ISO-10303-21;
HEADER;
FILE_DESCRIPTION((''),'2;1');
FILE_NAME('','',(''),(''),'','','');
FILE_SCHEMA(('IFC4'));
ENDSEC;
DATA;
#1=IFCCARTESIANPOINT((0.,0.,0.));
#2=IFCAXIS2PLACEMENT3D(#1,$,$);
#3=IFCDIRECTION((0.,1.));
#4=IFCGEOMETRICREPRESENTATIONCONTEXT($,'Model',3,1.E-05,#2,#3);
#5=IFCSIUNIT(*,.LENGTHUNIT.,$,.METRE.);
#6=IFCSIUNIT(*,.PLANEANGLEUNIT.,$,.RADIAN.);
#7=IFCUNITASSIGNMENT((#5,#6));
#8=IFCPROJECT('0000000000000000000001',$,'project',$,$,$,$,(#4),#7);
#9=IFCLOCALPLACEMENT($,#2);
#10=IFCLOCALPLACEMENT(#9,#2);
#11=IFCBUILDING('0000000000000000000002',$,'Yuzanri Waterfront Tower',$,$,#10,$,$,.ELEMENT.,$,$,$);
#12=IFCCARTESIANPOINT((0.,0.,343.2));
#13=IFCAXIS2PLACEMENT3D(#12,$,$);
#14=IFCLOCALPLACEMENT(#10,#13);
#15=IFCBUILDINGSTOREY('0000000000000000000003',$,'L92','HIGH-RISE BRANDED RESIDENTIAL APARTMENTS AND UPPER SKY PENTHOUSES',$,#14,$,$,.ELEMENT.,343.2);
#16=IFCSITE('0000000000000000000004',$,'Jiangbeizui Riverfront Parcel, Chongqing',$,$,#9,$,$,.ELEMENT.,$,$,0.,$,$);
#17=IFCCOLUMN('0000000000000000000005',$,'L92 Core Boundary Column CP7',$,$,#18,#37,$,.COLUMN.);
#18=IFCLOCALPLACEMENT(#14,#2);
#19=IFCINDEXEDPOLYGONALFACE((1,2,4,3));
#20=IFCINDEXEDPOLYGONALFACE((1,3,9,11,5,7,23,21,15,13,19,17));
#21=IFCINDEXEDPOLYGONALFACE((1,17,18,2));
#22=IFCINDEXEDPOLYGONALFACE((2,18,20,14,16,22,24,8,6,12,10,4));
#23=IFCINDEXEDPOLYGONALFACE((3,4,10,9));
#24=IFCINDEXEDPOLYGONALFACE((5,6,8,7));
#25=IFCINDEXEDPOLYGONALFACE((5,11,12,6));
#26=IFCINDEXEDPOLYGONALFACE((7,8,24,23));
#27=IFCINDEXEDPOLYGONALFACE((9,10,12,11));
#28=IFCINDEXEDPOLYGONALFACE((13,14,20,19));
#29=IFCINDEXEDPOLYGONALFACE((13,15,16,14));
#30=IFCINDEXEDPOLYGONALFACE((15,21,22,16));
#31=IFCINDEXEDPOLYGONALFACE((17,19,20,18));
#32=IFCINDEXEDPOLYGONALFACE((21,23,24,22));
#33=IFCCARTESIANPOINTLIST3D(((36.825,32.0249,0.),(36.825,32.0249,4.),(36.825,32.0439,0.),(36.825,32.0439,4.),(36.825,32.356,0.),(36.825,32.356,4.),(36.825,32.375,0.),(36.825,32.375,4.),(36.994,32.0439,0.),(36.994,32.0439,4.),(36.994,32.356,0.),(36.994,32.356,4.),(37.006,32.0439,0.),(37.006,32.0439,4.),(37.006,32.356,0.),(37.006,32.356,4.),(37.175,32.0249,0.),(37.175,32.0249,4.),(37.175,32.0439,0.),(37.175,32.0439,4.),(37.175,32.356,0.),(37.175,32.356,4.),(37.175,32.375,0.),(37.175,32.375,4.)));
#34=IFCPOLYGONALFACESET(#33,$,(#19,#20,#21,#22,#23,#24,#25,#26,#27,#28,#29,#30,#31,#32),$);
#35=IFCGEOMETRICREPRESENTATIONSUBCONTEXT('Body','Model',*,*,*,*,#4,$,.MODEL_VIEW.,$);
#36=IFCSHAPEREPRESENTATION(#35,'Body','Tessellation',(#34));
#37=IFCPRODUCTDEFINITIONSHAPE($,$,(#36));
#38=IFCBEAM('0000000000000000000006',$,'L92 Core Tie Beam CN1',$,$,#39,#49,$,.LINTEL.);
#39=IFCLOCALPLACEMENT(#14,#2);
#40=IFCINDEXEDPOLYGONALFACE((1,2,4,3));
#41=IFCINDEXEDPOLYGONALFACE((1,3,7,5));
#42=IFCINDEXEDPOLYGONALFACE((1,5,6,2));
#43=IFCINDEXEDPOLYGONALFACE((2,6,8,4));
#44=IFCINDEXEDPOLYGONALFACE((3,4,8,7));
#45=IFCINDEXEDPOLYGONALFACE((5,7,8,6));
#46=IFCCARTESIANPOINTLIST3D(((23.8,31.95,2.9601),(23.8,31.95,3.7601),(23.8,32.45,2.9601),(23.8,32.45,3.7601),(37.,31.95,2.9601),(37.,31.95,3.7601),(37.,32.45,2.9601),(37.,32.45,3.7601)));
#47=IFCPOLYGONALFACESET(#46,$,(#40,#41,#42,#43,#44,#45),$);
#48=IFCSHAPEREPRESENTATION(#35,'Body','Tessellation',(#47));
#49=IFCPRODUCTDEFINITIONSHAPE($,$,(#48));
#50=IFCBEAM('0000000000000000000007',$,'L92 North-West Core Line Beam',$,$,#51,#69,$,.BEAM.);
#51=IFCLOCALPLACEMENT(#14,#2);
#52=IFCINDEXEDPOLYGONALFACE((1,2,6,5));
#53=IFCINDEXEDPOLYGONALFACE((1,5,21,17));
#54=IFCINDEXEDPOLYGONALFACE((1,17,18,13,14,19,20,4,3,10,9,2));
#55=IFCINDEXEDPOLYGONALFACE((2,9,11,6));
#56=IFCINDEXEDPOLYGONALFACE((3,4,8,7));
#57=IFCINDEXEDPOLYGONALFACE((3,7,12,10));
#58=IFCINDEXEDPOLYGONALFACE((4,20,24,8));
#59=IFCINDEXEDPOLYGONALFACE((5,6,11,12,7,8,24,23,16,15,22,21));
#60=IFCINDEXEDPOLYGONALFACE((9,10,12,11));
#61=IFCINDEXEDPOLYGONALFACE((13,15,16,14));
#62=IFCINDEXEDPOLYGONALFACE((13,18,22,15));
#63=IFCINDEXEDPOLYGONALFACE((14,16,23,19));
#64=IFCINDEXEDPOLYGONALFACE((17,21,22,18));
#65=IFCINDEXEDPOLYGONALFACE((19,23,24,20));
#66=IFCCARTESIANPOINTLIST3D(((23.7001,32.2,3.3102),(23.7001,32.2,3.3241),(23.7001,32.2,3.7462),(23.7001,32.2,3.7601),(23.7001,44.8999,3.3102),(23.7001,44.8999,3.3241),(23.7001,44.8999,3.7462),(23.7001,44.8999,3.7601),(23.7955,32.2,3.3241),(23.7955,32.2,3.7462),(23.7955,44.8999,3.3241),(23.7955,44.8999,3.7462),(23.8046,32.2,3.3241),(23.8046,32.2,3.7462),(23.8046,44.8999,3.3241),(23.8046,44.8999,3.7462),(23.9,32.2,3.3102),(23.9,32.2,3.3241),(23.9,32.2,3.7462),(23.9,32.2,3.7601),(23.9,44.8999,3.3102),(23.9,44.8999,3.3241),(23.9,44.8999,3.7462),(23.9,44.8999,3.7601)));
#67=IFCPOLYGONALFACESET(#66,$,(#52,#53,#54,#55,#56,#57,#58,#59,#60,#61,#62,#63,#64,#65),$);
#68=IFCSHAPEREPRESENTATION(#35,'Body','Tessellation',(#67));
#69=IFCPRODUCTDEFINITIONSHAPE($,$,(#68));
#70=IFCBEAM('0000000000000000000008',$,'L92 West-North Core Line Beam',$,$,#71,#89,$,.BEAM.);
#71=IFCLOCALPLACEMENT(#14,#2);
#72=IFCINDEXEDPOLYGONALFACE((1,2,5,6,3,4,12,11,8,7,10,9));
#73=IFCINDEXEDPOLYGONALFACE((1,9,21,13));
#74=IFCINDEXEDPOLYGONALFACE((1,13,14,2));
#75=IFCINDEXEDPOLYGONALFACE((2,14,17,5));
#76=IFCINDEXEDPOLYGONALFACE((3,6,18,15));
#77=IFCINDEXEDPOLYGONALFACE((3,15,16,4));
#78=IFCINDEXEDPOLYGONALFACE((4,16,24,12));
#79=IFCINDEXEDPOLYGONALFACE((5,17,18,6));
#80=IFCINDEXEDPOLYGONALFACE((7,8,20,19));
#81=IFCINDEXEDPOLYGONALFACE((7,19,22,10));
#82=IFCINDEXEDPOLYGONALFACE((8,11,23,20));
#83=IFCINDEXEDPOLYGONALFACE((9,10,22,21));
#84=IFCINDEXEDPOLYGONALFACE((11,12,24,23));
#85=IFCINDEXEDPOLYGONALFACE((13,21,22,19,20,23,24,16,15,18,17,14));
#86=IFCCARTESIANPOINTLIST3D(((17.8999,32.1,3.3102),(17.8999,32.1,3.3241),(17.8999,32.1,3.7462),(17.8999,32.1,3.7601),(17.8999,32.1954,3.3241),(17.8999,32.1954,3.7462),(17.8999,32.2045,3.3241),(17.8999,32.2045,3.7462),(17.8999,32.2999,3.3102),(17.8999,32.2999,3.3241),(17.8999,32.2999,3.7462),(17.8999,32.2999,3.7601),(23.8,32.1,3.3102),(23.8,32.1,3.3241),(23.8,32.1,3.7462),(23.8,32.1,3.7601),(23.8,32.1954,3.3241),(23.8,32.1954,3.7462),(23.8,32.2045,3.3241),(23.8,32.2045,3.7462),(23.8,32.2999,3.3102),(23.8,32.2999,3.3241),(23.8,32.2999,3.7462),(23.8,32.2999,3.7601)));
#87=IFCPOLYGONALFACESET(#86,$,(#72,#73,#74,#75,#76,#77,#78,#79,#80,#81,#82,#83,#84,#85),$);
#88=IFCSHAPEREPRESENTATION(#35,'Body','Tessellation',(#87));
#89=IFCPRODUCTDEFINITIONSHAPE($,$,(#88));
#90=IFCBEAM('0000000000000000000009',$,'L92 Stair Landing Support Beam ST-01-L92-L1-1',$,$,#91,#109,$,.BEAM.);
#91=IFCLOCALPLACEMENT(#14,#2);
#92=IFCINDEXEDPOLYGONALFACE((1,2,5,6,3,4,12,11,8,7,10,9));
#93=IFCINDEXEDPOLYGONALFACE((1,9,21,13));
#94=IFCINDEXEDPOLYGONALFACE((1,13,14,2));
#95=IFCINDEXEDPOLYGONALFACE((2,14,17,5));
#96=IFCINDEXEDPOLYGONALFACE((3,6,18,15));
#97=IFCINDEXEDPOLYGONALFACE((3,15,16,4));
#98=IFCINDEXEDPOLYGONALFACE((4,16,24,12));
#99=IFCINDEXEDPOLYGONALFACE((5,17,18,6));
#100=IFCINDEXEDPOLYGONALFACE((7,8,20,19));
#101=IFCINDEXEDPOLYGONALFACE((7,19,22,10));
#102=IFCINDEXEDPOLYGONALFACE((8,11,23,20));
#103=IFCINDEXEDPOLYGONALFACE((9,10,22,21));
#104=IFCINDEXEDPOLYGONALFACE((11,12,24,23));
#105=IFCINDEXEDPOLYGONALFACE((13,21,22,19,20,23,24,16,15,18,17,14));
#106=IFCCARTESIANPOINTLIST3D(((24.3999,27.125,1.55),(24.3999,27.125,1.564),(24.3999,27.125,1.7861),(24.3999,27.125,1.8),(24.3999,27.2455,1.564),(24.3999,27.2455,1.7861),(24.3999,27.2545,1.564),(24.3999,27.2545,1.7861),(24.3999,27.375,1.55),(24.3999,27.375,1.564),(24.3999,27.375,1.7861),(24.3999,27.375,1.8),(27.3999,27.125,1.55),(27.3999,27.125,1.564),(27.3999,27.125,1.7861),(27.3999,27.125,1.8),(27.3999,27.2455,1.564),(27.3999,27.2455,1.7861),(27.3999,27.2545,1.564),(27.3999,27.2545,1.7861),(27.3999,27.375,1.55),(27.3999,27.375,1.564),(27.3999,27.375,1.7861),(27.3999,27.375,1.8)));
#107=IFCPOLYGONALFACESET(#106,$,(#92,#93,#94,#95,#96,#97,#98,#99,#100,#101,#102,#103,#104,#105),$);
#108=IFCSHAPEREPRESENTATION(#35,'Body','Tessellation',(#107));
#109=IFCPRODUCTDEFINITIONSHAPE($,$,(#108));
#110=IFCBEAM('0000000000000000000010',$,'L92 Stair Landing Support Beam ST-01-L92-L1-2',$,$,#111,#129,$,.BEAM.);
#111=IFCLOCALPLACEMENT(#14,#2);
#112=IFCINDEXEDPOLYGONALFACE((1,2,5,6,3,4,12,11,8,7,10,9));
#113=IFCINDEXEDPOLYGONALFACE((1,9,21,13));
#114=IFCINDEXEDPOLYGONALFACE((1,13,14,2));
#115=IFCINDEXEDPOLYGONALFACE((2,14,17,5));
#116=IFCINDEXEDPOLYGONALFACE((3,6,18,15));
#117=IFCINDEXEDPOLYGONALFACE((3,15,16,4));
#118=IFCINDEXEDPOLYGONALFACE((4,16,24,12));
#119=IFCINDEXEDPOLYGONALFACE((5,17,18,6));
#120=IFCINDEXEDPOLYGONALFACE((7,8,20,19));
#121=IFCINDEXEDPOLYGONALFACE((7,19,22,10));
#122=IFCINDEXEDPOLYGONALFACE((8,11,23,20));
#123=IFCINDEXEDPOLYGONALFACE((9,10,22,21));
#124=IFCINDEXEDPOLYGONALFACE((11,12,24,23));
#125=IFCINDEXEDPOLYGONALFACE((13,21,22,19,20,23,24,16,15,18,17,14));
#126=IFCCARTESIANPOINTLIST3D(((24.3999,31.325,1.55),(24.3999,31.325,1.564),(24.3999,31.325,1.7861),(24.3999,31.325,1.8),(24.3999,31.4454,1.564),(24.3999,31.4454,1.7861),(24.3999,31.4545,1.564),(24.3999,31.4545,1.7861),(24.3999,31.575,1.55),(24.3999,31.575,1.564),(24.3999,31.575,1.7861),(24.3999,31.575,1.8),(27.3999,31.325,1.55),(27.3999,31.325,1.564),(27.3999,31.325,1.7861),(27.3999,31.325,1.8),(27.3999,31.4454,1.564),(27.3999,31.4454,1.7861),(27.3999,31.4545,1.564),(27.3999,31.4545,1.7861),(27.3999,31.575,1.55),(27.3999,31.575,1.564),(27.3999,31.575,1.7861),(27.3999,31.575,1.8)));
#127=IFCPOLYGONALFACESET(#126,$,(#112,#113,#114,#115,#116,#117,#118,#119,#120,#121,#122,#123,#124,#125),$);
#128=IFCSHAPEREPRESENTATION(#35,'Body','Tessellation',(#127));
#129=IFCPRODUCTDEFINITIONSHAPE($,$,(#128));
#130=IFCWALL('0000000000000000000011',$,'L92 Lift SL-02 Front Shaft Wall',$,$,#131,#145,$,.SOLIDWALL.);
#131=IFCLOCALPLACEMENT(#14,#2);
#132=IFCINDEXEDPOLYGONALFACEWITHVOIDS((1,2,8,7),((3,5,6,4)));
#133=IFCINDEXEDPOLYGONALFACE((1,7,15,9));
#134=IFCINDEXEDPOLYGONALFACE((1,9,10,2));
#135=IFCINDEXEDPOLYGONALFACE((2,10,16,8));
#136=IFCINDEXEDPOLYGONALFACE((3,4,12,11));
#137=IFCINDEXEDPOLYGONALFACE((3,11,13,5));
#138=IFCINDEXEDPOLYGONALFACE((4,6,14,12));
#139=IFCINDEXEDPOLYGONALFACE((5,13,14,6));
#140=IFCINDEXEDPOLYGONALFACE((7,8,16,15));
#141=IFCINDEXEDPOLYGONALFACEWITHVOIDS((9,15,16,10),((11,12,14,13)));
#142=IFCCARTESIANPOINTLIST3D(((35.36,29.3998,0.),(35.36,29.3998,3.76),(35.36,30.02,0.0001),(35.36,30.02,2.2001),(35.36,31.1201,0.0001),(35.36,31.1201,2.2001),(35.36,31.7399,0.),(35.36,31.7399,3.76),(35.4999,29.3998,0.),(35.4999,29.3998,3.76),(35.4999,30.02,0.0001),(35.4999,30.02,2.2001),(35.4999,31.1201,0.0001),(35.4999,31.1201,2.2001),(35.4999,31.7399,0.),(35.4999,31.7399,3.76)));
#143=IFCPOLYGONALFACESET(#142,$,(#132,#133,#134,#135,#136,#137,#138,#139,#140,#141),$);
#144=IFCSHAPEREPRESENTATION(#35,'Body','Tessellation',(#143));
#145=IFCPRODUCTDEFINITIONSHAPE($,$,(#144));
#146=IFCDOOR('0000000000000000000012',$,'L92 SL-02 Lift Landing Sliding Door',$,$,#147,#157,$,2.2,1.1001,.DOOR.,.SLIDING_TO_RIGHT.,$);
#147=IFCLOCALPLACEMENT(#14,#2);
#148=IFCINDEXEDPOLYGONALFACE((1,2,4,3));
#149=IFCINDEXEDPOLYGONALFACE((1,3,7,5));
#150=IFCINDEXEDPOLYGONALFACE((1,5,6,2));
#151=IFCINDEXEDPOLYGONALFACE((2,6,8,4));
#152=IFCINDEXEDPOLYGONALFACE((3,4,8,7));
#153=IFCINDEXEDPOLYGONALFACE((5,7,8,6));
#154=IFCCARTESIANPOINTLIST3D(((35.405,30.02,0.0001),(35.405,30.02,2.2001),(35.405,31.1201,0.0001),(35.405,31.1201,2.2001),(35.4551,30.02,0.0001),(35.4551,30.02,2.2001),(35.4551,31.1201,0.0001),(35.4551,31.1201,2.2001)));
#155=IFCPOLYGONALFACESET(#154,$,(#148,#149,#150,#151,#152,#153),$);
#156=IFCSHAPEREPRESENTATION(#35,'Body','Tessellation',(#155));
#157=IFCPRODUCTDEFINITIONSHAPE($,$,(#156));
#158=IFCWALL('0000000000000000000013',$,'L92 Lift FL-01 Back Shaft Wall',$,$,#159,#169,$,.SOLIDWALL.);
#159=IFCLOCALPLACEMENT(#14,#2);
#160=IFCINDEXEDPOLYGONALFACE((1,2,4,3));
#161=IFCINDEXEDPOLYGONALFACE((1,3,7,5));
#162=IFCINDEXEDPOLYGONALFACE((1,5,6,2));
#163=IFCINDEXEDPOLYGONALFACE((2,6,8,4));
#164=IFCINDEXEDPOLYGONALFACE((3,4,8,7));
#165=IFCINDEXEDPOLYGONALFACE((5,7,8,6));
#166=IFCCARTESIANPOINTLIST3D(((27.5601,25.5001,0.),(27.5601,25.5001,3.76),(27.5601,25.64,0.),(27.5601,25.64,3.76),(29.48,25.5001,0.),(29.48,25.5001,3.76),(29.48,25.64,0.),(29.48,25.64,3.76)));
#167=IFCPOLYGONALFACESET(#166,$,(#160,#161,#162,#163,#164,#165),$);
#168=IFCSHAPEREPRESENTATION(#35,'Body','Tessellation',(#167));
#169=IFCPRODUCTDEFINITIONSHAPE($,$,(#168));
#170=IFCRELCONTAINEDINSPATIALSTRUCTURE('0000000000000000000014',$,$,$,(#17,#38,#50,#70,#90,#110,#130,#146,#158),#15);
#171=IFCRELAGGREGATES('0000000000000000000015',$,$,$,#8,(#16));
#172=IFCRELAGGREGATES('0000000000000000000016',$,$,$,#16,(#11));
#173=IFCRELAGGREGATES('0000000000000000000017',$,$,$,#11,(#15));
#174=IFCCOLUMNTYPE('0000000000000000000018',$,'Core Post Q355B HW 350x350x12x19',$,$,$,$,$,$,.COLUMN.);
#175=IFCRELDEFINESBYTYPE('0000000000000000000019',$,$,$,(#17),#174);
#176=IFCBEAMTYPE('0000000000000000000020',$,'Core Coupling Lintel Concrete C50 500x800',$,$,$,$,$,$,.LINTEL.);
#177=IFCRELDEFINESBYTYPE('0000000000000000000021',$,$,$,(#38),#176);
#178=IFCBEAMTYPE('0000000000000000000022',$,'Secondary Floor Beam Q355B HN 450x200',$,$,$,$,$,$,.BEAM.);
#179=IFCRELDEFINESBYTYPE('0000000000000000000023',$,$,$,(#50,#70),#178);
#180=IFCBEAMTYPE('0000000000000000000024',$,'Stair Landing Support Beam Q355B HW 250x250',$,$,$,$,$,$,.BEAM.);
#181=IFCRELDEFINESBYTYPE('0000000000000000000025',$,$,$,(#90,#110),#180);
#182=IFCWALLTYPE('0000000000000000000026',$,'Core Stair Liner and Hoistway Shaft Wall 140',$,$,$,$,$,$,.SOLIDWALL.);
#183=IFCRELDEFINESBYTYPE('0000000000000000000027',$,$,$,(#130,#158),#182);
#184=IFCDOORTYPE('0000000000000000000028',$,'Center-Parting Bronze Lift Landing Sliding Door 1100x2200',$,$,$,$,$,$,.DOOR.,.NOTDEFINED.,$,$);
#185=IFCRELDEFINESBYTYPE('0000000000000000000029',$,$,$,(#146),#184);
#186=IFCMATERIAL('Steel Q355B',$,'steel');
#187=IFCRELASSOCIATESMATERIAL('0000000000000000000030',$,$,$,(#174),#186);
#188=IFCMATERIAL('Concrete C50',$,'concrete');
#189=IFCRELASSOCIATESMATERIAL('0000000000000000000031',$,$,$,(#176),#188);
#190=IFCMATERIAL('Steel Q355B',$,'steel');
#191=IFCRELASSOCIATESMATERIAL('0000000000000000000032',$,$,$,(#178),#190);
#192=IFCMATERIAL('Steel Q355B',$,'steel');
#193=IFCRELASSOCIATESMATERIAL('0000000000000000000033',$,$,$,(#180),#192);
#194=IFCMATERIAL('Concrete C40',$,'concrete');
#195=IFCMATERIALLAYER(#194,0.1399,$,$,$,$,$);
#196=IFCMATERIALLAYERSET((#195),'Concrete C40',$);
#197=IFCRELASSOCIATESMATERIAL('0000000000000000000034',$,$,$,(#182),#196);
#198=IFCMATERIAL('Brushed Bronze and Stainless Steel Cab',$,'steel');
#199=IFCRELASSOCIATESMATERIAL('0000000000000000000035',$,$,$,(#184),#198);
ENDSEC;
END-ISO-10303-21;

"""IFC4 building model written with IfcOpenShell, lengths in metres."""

from ifc_helpers import new_model, si_unit, direction, frame, frame_2d, origin, origin_2d, place, context, subcontext, project, spatial, rectangle, i_section, extrude, source, transform, mapped, material, layer, layer_set, material_profile, profile_set, type_object, element, fill, save


model = new_model("IFC4")

# Units and contexts
model_context = context("Model", 3, precision=1e-05, world=origin(), true_north=direction((0.0, 1.0)))
body_context = subcontext(model_context, "Body", "Model", "MODEL_VIEW")
ifc_project = project(units=[si_unit("LENGTHUNIT", "METRE"), si_unit("PLANEANGLEUNIT", "RADIAN")], contexts=[model_context])

# Site, building, storey
site_placement = place(None, origin())
site = spatial("IfcSite", under=ifc_project, at=site_placement, Name="Jiangbeizui Riverfront Parcel, Chongqing", CompositionType="ELEMENT", RefElevation=0.0)
building_placement = place(site_placement, origin())
building = spatial("IfcBuilding", under=site, at=building_placement, Name="Yuzanri Waterfront Tower", CompositionType="ELEMENT")
storey_placement = place(building_placement, frame((0.0, 0.0, 343.2)))
storey = spatial("IfcBuildingStorey", under=building, at=storey_placement, Name="L92", Description="HIGH-RISE BRANDED RESIDENTIAL APARTMENTS AND UPPER SKY PENTHOUSES", CompositionType="ELEMENT", Elevation=343.2)

# Column
ifc_material_1 = material(Name="Steel Q355B", Category="steel")
ifc_material_profile_1 = material_profile(ifc_material_1, i_section(OverallWidth=0.3501, OverallDepth=0.3501, WebThickness=0.012, FlangeThickness=0.019, at=origin_2d()), Name="HW 350x350x12x19")
ifc_profile_set_1 = profile_set([ifc_material_profile_1], Name="Steel Q355B")
column_type = type_object("IfcColumnType", Name="Core Post Q355B HW 350x350x12x19", PredefinedType="COLUMN", material=ifc_profile_set_1)
shared_shape_1 = source(origin(), body_context, "Body", "SweptSolid", [
    extrude(i_section(OverallWidth=0.3501, OverallDepth=0.3501, WebThickness=0.012, FlangeThickness=0.019, at=origin_2d()), origin(), (0.0, 0.0, 1.0), 4.0),
])
column_placement = place(storey_placement, frame((37.0, 32.2, 0.0), z_axis=(0.0, 0.0, 1.0), x_axis=(1.0, 0.0, 0.0)))
element("IfcColumn", 1, at=column_placement, inside=storey, type_object=column_type, Name="L92 Core Boundary Column CP7", PredefinedType="COLUMN", context=body_context, shape_type="MappedRepresentation", body=[
    mapped(shared_shape_1, transform((0.0, 0.0, 0.0), scale=1.0)),
])

# Beams
ifc_material_2 = material(Name="Concrete C50", Category="concrete")
ifc_material_profile_2 = material_profile(ifc_material_2, rectangle(XDim=0.5, YDim=0.8, at=origin_2d()), Name="RC 500x800")
ifc_profile_set_2 = profile_set([ifc_material_profile_2], Name="Concrete C50")
beam_type_1 = type_object("IfcBeamType", Name="Core Coupling Lintel Concrete C50 500x800", PredefinedType="LINTEL", material=ifc_profile_set_2)
shared_shape_2 = source(origin(), body_context, "Body", "SweptSolid", [
    extrude(rectangle(XDim=0.5, YDim=0.8, at=origin_2d()), origin(), (0.0, 0.0, 1.0), 13.2),
])
beam_1_placement = place(storey_placement, frame((23.8, 32.2, 3.3601), z_axis=(1.0, 0.0, 0.0), x_axis=(0.0, 1.0, 0.0)))
element("IfcBeam", 2, at=beam_1_placement, inside=storey, type_object=beam_type_1, Name="L92 Core Tie Beam CN1", PredefinedType="LINTEL", context=body_context, shape_type="MappedRepresentation", body=[
    mapped(shared_shape_2, transform((0.0, 0.0, 0.0), scale=1.0)),
])
ifc_material_3 = material(Name="Steel Q355B", Category="steel")
ifc_material_profile_3 = material_profile(ifc_material_3, i_section(OverallWidth=0.2, OverallDepth=0.45, WebThickness=0.009, FlangeThickness=0.0139, at=origin_2d()), Name="HN 450x200x9x14")
ifc_profile_set_3 = profile_set([ifc_material_profile_3], Name="Steel Q355B")
beam_type_2 = type_object("IfcBeamType", Name="Secondary Floor Beam Q355B HN 450x200", PredefinedType="BEAM", material=ifc_profile_set_3)
shared_shape_3 = source(origin(), body_context, "Body", "SweptSolid", [
    extrude(i_section(OverallWidth=0.2, OverallDepth=0.45, WebThickness=0.009, FlangeThickness=0.0139, at=origin_2d()), origin(), (0.0, 0.0, 1.0), 12.7),
])
beam_2_placement = place(storey_placement, frame((23.8, 32.2, 3.5352), z_axis=(0.0, 1.0, 0.0), x_axis=(-1.0, 0.0, 0.0)))
element("IfcBeam", 3, at=beam_2_placement, inside=storey, type_object=beam_type_2, Name="L92 North-West Core Line Beam", PredefinedType="BEAM", context=body_context, shape_type="MappedRepresentation", body=[
    mapped(shared_shape_3, transform((0.0, 0.0, 0.0), scale=1.0)),
])
shared_shape_4 = source(origin(), body_context, "Body", "SweptSolid", [
    extrude(i_section(OverallWidth=0.2, OverallDepth=0.45, WebThickness=0.009, FlangeThickness=0.0139, at=origin_2d()), origin(), (0.0, 0.0, 1.0), 5.9001),
])
beam_3_placement = place(storey_placement, frame((23.8, 32.2, 3.5352), z_axis=(-1.0, 0.0, 0.0), x_axis=(0.0, -1.0, 0.0)))
element("IfcBeam", 4, at=beam_3_placement, inside=storey, type_object=beam_type_2, Name="L92 West-North Core Line Beam", PredefinedType="BEAM", context=body_context, shape_type="MappedRepresentation", body=[
    mapped(shared_shape_4, transform((0.0, 0.0, 0.0), scale=1.0)),
])
ifc_material_4 = material(Name="Steel Q355B", Category="steel")
ifc_material_profile_4 = material_profile(ifc_material_4, i_section(OverallWidth=0.25, OverallDepth=0.25, WebThickness=0.009, FlangeThickness=0.0139, at=origin_2d()), Name="HW 250x250x9x14")
ifc_profile_set_4 = profile_set([ifc_material_profile_4], Name="Steel Q355B")
beam_type_3 = type_object("IfcBeamType", Name="Stair Landing Support Beam Q355B HW 250x250", PredefinedType="BEAM", material=ifc_profile_set_4)
shared_shape_5 = source(origin(), body_context, "Body", "SweptSolid", [
    extrude(i_section(OverallWidth=0.25, OverallDepth=0.25, WebThickness=0.009, FlangeThickness=0.0139, at=origin_2d()), origin(), (0.0, 0.0, 1.0), 3.0),
])
for number, where, z_axis, x_axis, name in (
    (5, (24.3999, 27.25, 1.675), (1.0, 0.0, 0.0), (0.0, 1.0, 0.0), "L92 Stair Landing Support Beam ST-01-L92-L1-1"),
    (6, (24.3999, 31.45, 1.675), (1.0, 0.0, 0.0), (0.0, 1.0, 0.0), "L92 Stair Landing Support Beam ST-01-L92-L1-2"),
):
    element("IfcBeam", number, at=place(storey_placement, frame(where, z_axis=z_axis, x_axis=x_axis)), inside=storey, type_object=beam_type_3, Name=name, PredefinedType="BEAM", context=body_context, shape_type="MappedRepresentation", body=[
        mapped(shared_shape_5, transform((0.0, 0.0, 0.0), scale=1.0)),
    ])

# Wall, opening, door
ifc_material_5 = material(Name="Concrete C40", Category="concrete")
ifc_layer_1 = layer(ifc_material_5, 0.1399)
ifc_layer_set_1 = layer_set([ifc_layer_1], Name="Concrete C40")
wall_type_1 = type_object("IfcWallType", Name="Core Stair Liner and Hoistway Shaft Wall 140", PredefinedType="SOLIDWALL", material=ifc_layer_set_1)
wall_1_placement = place(storey_placement, frame((35.4299, 29.3999, 0.0), z_axis=(0.0, 0.0, 1.0), x_axis=(0.0, 1.0, 0.0)))
wall_1 = element("IfcWall", 7, at=wall_1_placement, inside=storey, type_object=wall_type_1, Name="L92 Lift SL-02 Front Shaft Wall", PredefinedType="SOLIDWALL", context=body_context, shape_type="SweptSolid", body=[
    extrude(rectangle(XDim=2.3401, YDim=0.1399, at=frame_2d((1.1699, 0.0))), origin(), (0.0, 0.0, 1.0), 3.76),
])
opening_1_placement = place(wall_1_placement, frame((0.6201, 0.0, 0.0)))
opening_1 = element("IfcOpeningElement", 8, at=opening_1_placement, cuts=wall_1, PredefinedType="OPENING", context=body_context, shape_type="SweptSolid", body=[
    extrude(rectangle(XDim=1.1001, YDim=2.2, at=frame_2d((0.55, 1.1001))), frame((0.0, 0.085, 0.0), z_axis=(0.0, -1.0, 0.0), x_axis=(1.0, 0.0, 0.0)), (0.0, 0.0, 1.0), 0.1697),
])
ifc_material_6 = material(Name="Brushed Bronze and Stainless Steel Cab", Category="steel")
door_type_1 = type_object("IfcDoorType", Name="Center-Parting Bronze Lift Landing Sliding Door 1100x2200", OperationType="NOTDEFINED", PredefinedType="DOOR", material=ifc_material_6)
shared_shape_6 = source(origin(), body_context, "Body", "SweptSolid", [
    extrude(rectangle(XDim=1.1001, YDim=2.2, at=frame_2d((0.55, 1.1001))), frame((0.0, 0.0249, 0.0), z_axis=(0.0, -1.0, 0.0), x_axis=(1.0, 0.0, 0.0)), (0.0, 0.0, 1.0), 0.05),
])
door_1_placement = place(opening_1_placement, origin())
door_1 = element("IfcDoor", 9, at=door_1_placement, inside=storey, type_object=door_type_1, Name="L92 SL-02 Lift Landing Sliding Door", OperationType="SLIDING_TO_RIGHT", OverallHeight=2.2, OverallWidth=1.1001, PredefinedType="DOOR", context=body_context, shape_type="MappedRepresentation", body=[
    mapped(shared_shape_6, transform((0.0, 0.0, 0.0), scale=1.0)),
])
fill(opening_1, door_1)

# Wall
shared_shape_7 = source(origin(), body_context, "Body", "SweptSolid", [
    extrude(rectangle(XDim=1.9199, YDim=0.1399, at=frame_2d((0.96, 0.0))), origin(), (0.0, 0.0, 1.0), 3.76),
])
wall_2_placement = place(storey_placement, frame((27.5601, 25.5701, 0.0), z_axis=(0.0, 0.0, 1.0), x_axis=(1.0, 0.0, 0.0)))
element("IfcWall", 10, at=wall_2_placement, inside=storey, type_object=wall_type_1, Name="L92 Lift FL-01 Back Shaft Wall", PredefinedType="SOLIDWALL", context=body_context, shape_type="MappedRepresentation", body=[
    mapped(shared_shape_7, transform((0.0, 0.0, 0.0), scale=1.0)),
])

save(model, "model.ifc")
